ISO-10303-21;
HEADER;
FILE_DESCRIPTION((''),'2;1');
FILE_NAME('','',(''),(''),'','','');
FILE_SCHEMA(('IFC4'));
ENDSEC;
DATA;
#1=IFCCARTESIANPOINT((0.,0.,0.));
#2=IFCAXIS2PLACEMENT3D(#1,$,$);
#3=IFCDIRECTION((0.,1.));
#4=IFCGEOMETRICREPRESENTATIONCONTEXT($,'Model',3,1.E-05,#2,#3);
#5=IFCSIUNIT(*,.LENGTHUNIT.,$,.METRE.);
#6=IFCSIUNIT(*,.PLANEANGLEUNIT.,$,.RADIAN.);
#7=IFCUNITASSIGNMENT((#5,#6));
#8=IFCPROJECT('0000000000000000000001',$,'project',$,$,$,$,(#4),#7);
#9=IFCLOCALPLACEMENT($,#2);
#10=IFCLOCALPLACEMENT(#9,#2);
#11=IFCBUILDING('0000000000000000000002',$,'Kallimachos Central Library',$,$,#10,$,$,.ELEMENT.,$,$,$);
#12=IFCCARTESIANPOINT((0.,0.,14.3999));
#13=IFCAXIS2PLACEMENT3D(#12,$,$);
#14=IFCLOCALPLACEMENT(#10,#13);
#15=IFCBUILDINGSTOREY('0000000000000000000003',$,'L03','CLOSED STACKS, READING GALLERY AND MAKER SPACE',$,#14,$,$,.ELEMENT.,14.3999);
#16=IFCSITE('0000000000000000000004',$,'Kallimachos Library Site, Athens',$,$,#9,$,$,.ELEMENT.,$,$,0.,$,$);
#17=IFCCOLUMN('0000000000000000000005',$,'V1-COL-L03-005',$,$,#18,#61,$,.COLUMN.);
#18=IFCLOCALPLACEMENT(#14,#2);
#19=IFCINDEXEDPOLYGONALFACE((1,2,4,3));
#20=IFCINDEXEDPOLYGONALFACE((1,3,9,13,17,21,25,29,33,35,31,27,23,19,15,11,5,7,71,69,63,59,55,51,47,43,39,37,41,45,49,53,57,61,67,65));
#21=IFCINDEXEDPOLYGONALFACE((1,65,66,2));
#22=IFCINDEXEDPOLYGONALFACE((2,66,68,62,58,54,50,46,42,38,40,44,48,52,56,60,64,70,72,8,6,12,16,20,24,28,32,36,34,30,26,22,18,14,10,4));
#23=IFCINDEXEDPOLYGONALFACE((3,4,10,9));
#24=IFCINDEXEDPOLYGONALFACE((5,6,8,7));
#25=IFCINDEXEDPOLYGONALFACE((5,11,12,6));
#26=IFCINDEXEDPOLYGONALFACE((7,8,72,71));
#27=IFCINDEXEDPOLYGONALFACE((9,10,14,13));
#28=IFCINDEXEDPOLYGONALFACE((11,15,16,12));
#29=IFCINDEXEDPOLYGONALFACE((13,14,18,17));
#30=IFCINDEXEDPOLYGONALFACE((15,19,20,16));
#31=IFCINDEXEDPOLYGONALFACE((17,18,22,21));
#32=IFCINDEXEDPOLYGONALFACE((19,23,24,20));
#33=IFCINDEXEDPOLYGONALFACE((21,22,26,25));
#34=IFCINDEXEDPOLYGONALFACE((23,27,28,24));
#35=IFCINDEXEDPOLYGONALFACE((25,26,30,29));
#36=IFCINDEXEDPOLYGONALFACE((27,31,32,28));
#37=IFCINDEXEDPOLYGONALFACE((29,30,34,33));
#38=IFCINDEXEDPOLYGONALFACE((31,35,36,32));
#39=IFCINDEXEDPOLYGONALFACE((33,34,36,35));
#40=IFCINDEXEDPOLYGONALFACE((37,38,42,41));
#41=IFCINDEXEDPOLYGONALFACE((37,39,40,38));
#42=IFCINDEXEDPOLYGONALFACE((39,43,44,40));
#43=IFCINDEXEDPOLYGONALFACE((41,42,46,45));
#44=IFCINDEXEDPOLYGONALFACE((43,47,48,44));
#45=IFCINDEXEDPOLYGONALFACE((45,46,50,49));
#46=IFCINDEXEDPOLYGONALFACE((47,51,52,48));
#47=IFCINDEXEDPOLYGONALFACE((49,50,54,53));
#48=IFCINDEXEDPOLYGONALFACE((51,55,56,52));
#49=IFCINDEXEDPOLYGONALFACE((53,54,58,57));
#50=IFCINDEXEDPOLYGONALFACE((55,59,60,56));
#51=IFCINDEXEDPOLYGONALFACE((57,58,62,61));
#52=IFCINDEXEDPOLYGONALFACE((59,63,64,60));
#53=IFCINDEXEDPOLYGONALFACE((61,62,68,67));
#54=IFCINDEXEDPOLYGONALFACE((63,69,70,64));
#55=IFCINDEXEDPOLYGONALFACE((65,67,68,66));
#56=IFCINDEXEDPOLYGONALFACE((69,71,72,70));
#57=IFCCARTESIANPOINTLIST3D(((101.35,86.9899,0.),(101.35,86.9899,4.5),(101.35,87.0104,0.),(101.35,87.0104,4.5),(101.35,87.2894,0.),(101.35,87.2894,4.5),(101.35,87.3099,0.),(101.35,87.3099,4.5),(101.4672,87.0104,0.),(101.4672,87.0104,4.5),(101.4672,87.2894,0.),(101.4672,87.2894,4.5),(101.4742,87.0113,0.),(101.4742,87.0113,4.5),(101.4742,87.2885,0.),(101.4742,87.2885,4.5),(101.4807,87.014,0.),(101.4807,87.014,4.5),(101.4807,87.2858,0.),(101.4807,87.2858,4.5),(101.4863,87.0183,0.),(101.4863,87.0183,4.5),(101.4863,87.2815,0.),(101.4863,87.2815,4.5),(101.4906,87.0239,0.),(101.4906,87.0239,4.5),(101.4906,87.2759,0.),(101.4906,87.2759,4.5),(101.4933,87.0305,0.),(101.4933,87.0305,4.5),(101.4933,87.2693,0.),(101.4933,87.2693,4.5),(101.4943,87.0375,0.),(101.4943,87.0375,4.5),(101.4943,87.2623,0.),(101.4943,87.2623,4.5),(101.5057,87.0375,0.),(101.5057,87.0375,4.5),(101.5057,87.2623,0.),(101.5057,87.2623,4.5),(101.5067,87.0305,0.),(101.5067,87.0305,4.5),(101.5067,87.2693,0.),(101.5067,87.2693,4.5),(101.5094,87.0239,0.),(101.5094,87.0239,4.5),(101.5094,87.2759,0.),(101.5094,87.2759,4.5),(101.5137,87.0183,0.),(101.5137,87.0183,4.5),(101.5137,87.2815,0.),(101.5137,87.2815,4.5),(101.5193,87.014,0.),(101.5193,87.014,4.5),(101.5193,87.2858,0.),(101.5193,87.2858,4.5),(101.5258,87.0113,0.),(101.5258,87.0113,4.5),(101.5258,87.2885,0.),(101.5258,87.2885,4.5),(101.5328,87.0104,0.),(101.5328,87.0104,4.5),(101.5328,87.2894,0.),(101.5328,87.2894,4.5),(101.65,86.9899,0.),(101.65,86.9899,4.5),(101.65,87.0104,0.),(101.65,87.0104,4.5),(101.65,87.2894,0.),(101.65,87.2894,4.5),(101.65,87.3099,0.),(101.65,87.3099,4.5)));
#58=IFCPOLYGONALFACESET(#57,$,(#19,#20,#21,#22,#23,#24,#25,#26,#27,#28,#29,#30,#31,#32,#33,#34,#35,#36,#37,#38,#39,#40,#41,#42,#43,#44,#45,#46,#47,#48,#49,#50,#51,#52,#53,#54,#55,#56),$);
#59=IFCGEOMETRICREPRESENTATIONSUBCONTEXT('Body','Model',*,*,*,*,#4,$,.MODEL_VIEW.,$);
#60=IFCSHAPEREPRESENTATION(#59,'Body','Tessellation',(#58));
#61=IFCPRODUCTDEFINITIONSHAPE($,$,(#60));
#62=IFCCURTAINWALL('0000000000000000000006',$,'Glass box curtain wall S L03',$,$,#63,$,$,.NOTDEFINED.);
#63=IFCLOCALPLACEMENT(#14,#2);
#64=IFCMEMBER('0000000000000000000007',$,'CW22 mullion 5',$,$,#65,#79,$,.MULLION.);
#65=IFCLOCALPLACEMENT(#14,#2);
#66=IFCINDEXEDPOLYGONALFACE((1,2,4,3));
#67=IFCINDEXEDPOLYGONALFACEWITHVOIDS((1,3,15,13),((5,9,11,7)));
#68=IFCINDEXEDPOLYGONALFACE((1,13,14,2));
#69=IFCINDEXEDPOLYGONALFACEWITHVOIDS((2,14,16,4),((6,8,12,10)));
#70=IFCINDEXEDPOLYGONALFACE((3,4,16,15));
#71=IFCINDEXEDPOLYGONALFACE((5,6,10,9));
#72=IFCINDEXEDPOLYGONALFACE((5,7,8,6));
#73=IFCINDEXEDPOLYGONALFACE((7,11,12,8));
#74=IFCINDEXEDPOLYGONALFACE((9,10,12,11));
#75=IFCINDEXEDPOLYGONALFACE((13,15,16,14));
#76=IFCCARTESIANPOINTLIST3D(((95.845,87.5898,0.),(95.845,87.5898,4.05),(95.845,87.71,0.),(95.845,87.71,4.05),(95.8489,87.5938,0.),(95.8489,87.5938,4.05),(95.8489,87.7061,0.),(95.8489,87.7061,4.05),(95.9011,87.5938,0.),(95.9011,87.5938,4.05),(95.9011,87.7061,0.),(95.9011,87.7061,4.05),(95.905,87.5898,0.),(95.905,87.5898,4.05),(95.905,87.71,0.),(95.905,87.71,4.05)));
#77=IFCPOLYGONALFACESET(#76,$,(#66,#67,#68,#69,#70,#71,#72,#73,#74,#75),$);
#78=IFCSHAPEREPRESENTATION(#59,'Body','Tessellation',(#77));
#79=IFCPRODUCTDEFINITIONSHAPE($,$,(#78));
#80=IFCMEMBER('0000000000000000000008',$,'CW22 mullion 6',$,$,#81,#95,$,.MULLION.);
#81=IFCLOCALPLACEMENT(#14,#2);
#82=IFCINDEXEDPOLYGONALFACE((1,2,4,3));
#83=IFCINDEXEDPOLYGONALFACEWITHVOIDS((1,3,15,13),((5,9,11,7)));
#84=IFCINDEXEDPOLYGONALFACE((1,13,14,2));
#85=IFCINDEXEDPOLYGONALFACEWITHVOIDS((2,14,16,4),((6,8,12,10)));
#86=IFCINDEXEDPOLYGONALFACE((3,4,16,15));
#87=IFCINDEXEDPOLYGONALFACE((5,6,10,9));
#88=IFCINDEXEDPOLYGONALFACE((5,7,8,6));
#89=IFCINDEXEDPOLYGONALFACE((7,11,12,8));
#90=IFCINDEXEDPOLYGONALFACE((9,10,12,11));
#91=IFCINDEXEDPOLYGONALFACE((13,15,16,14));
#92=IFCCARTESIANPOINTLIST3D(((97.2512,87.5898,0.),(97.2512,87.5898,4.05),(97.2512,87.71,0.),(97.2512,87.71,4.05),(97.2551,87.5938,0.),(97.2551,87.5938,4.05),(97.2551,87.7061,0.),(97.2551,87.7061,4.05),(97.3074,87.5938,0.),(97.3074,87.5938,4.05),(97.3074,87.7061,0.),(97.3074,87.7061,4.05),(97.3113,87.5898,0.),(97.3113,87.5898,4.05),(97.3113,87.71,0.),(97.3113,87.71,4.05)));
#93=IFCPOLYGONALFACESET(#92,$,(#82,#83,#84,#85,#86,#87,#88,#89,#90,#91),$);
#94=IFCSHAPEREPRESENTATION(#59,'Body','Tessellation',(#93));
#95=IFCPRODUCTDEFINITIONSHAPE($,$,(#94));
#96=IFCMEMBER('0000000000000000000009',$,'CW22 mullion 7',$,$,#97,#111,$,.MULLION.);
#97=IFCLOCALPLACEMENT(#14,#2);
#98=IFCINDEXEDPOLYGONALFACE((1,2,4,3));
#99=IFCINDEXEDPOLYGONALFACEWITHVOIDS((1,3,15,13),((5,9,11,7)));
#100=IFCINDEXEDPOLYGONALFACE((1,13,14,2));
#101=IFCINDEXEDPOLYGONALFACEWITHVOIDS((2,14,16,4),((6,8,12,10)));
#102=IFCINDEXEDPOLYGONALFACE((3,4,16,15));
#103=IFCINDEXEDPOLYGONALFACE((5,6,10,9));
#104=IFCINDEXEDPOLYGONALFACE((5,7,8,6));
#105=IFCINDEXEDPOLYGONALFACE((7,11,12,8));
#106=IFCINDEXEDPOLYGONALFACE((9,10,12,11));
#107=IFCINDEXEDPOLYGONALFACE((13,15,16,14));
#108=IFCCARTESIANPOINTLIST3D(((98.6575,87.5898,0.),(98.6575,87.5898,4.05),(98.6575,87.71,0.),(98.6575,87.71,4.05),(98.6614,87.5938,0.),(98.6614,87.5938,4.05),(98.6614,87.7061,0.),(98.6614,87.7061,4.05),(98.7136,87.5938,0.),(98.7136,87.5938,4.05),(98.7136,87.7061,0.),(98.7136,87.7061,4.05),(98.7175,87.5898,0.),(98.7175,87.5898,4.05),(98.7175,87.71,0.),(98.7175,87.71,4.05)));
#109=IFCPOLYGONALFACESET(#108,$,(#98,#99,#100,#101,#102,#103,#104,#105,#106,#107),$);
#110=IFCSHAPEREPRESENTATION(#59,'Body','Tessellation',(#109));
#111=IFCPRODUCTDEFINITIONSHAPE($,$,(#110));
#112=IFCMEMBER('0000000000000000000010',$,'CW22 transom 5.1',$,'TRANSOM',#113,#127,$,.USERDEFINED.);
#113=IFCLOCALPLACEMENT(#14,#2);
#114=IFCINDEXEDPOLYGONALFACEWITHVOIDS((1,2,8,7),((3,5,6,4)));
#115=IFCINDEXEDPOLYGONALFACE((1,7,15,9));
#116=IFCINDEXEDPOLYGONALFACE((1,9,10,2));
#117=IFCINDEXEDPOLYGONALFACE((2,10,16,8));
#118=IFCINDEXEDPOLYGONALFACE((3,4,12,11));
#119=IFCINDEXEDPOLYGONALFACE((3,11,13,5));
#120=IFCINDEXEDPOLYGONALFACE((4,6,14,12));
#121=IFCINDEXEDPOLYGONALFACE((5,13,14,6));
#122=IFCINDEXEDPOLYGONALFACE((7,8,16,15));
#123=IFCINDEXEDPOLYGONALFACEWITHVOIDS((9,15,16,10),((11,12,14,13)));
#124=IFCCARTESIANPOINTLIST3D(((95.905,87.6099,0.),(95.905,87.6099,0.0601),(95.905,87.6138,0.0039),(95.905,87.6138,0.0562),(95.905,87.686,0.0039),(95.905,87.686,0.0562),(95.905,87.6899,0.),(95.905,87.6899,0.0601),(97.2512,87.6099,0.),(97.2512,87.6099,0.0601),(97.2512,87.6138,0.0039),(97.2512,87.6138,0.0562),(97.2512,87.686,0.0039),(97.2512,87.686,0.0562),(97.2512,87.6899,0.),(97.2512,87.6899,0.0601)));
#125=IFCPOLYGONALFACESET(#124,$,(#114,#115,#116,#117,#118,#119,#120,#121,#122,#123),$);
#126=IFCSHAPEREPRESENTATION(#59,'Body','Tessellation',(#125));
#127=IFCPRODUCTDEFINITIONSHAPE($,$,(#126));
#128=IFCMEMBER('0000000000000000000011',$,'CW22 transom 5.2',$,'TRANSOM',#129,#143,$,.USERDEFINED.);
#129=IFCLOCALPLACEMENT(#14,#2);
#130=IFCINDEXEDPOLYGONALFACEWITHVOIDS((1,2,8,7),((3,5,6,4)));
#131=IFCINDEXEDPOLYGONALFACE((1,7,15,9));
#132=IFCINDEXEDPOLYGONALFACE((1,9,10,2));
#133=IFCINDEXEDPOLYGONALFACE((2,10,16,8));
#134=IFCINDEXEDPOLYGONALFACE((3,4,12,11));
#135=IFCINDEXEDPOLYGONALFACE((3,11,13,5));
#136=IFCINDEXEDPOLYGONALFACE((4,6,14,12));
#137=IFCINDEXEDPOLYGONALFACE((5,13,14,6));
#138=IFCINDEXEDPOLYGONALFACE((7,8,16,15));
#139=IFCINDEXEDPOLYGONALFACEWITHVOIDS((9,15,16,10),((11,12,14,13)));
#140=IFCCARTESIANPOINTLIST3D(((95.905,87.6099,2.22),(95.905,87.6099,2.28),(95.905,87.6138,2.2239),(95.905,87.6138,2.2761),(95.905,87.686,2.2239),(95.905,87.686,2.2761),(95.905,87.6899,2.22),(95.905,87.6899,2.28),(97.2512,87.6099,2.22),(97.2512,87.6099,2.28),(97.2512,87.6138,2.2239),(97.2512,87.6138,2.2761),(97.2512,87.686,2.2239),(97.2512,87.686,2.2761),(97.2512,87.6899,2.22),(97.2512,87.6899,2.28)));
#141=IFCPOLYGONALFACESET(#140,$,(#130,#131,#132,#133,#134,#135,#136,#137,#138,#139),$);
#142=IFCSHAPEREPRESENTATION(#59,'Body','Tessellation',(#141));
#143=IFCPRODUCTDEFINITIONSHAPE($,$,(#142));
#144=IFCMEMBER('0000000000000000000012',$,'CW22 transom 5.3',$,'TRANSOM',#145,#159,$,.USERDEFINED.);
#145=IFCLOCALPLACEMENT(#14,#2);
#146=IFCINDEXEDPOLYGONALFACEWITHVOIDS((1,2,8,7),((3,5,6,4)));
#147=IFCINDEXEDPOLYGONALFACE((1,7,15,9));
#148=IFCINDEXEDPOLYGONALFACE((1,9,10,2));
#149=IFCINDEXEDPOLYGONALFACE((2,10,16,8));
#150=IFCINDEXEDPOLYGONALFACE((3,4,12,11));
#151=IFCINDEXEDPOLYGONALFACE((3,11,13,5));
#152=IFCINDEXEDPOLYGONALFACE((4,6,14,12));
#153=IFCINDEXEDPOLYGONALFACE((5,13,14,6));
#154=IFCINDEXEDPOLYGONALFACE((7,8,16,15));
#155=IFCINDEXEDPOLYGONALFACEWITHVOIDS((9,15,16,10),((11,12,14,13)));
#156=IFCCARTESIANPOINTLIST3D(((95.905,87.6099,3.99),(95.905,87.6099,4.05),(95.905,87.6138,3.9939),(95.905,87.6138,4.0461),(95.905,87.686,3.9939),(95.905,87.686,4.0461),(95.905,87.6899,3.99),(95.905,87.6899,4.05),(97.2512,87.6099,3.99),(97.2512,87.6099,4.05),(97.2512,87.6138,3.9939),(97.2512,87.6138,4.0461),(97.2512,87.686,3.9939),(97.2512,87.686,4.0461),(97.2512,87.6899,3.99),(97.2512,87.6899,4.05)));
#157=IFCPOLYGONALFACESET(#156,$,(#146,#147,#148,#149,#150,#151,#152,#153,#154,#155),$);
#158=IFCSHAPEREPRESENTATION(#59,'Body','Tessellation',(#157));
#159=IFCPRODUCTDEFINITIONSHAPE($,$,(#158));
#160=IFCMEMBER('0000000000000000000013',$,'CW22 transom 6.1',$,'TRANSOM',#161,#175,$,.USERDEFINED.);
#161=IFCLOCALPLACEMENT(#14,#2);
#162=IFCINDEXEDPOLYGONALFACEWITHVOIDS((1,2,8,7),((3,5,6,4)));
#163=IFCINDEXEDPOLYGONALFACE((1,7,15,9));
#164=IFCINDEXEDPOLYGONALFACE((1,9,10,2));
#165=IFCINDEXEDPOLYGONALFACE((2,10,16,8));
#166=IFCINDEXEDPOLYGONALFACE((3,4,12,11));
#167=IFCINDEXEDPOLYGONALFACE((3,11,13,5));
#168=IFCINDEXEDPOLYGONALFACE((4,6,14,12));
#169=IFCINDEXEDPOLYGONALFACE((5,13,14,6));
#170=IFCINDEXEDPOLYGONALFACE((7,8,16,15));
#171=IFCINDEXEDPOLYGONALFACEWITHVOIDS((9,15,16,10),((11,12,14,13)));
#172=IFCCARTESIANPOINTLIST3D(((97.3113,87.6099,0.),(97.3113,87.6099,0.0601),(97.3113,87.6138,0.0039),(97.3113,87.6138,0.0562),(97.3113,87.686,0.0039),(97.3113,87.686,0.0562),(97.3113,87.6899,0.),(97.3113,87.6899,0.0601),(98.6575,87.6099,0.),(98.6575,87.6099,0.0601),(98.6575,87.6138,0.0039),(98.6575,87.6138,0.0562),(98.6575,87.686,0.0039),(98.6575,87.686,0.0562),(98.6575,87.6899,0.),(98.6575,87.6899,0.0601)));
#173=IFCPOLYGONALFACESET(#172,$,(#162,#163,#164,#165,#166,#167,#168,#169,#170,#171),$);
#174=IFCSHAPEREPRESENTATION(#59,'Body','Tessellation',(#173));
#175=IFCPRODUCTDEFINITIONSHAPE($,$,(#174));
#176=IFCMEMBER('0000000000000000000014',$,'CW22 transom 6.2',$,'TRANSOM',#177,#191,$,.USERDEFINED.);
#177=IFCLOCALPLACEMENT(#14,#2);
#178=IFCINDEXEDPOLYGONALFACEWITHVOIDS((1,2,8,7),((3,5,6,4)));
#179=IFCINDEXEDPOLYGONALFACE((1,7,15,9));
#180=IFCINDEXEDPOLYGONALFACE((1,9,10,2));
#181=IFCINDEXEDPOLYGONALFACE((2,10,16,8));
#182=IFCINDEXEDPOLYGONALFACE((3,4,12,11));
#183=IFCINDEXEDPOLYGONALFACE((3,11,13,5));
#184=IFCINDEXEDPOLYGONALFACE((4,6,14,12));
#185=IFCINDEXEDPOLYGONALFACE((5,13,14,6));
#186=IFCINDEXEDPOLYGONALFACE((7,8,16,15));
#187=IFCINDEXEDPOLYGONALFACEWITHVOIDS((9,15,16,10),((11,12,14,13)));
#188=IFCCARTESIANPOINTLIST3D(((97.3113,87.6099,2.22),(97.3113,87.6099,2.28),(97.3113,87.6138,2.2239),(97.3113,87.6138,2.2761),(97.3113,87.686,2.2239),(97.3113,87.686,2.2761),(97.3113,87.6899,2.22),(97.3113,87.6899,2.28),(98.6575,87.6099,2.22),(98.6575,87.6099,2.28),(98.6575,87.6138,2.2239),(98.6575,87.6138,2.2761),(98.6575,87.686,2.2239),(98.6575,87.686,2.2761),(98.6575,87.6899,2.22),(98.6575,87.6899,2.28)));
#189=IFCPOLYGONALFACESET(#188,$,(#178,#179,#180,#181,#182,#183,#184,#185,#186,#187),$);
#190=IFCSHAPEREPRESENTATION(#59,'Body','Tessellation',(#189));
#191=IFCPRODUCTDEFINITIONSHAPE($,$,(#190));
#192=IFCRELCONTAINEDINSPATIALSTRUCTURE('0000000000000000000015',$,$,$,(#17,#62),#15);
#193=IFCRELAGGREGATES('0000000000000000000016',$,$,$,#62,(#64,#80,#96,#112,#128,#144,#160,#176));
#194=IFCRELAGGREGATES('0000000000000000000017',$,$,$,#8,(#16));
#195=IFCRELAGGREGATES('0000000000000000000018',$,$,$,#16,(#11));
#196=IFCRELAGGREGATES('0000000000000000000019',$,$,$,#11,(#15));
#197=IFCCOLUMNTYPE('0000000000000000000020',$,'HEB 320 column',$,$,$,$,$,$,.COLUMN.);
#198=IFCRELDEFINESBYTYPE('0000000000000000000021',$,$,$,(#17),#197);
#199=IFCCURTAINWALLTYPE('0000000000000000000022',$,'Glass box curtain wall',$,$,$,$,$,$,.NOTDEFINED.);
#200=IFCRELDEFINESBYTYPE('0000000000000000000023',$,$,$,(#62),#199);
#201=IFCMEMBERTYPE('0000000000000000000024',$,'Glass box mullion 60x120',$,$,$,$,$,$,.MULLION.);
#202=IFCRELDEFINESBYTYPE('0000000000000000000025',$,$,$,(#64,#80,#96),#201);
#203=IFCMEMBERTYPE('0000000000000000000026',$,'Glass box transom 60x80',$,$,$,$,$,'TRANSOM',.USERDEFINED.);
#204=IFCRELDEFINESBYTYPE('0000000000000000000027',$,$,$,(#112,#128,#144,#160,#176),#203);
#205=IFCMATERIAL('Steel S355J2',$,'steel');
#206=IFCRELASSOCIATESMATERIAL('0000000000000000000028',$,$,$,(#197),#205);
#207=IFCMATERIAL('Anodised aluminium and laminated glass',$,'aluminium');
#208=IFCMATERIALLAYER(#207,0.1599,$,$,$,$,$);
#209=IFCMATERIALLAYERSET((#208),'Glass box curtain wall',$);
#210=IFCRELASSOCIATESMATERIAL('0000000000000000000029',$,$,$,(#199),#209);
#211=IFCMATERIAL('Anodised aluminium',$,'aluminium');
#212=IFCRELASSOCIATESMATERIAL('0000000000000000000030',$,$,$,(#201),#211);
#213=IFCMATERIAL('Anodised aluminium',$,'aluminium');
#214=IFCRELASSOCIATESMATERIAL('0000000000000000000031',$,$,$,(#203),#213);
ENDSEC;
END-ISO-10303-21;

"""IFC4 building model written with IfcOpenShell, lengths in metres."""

from ifc_helpers import new_model, si_unit, direction, frame, origin, origin_2d, place, context, subcontext, project, spatial, hollow_rectangle, i_section, extrude, material, layer, layer_set, material_profile, profile_set, type_object, element, aggregate, save


model = new_model("IFC4")

# Units and contexts
model_context = context("Model", 3, precision=1e-05, world=origin(), true_north=direction((0.0, 1.0)))
body_context = subcontext(model_context, "Body", "Model", "MODEL_VIEW")
ifc_project = project(units=[si_unit("LENGTHUNIT", "METRE"), si_unit("PLANEANGLEUNIT", "RADIAN")], contexts=[model_context])

# Site, building, storey
site_placement = place(None, origin())
site = spatial("IfcSite", under=ifc_project, at=site_placement, Name="Kallimachos Library Site, Athens", CompositionType="ELEMENT", RefElevation=0.0)
building_placement = place(site_placement, origin())
building = spatial("IfcBuilding", under=site, at=building_placement, Name="Kallimachos Central Library", CompositionType="ELEMENT")
storey_placement = place(building_placement, frame((0.0, 0.0, 14.3999)))
storey = spatial("IfcBuildingStorey", under=building, at=storey_placement, Name="L03", Description="CLOSED STACKS, READING GALLERY AND MAKER SPACE", CompositionType="ELEMENT", Elevation=14.3999)

# Column
ifc_material_1 = material(Name="Steel S355J2", Category="steel")
ifc_material_profile_1 = material_profile(ifc_material_1, i_section(OverallWidth=0.3, OverallDepth=0.3201, WebThickness=0.0115, FlangeThickness=0.0205, FilletRadius=0.0271, at=origin_2d()), Name="HEB 320")
ifc_profile_set_1 = profile_set([ifc_material_profile_1], Name="Steel S355J2")
column_type = type_object("IfcColumnType", Name="HEB 320 column", PredefinedType="COLUMN", material=ifc_profile_set_1)
column_placement = place(storey_placement, frame((101.5, 87.1499, 0.0), z_axis=(0.0, 0.0, 1.0), x_axis=(1.0, 0.0, 0.0)))
element("IfcColumn", 1, at=column_placement, inside=storey, type_object=column_type, Name="V1-COL-L03-005", PredefinedType="COLUMN", context=body_context, shape_type="SweptSolid", body=[
    extrude(i_section(OverallWidth=0.3, OverallDepth=0.3201, WebThickness=0.0115, FlangeThickness=0.0205, FilletRadius=0.0271, at=origin_2d()), origin(), (0.0, 0.0, 1.0), 4.5),
])

# Curtain wall, members
ifc_material_2 = material(Name="Anodised aluminium and laminated glass", Category="aluminium")
ifc_layer_1 = layer(ifc_material_2, 0.1599)
ifc_layer_set_1 = layer_set([ifc_layer_1], Name="Glass box curtain wall")
curtain_wall_type = type_object("IfcCurtainWallType", Name="Glass box curtain wall", PredefinedType="NOTDEFINED", material=ifc_layer_set_1)
curtain_wall_placement = place(storey_placement, origin())
curtain_wall = element("IfcCurtainWall", 2, at=curtain_wall_placement, inside=storey, type_object=curtain_wall_type, Name="Glass box curtain wall S L03", PredefinedType="NOTDEFINED")
ifc_material_3 = material(Name="Anodised aluminium", Category="aluminium")
ifc_material_profile_2 = material_profile(ifc_material_3, hollow_rectangle(XDim=0.0601, YDim=0.1201, WallThickness=0.0039, at=origin_2d()), Name="ALU MULLION 60x120")
ifc_profile_set_2 = profile_set([ifc_material_profile_2], Name="Anodised aluminium")
member_type_1 = type_object("IfcMemberType", Name="Glass box mullion 60x120", PredefinedType="MULLION", material=ifc_profile_set_2)
member_1_placement = place(storey_placement, frame((95.875, 87.6499, 0.0), z_axis=(0.0, 0.0, 1.0), x_axis=(1.0, 0.0, 0.0)))
member_1 = element("IfcMember", 3, at=member_1_placement, type_object=member_type_1, Name="CW22 mullion 5", PredefinedType="MULLION", context=body_context, shape_type="SweptSolid", body=[
    extrude(hollow_rectangle(XDim=0.0601, YDim=0.1201, WallThickness=0.0039, at=origin_2d()), origin(), (0.0, 0.0, 1.0), 4.05),
])
member_2_placement = place(storey_placement, frame((97.2812, 87.6499, 0.0), z_axis=(0.0, 0.0, 1.0), x_axis=(1.0, 0.0, 0.0)))
member_2 = element("IfcMember", 4, at=member_2_placement, type_object=member_type_1, Name="CW22 mullion 6", PredefinedType="MULLION", context=body_context, shape_type="SweptSolid", body=[
    extrude(hollow_rectangle(XDim=0.0601, YDim=0.1201, WallThickness=0.0039, at=origin_2d()), origin(), (0.0, 0.0, 1.0), 4.05),
])
member_3_placement = place(storey_placement, frame((98.6875, 87.6499, 0.0), z_axis=(0.0, 0.0, 1.0), x_axis=(1.0, 0.0, 0.0)))
member_3 = element("IfcMember", 5, at=member_3_placement, type_object=member_type_1, Name="CW22 mullion 7", PredefinedType="MULLION", context=body_context, shape_type="SweptSolid", body=[
    extrude(hollow_rectangle(XDim=0.0601, YDim=0.1201, WallThickness=0.0039, at=origin_2d()), origin(), (0.0, 0.0, 1.0), 4.05),
])
ifc_material_4 = material(Name="Anodised aluminium", Category="aluminium")
ifc_material_profile_3 = material_profile(ifc_material_4, hollow_rectangle(XDim=0.0601, YDim=0.0801, WallThickness=0.0039, at=origin_2d()), Name="ALU TRANSOM 60x80")
ifc_profile_set_3 = profile_set([ifc_material_profile_3], Name="Anodised aluminium")
member_type_2 = type_object("IfcMemberType", Name="Glass box transom 60x80", ElementType="TRANSOM", PredefinedType="USERDEFINED", material=ifc_profile_set_3)
member_4_placement = place(storey_placement, frame((95.905, 87.6499, 0.03), z_axis=(1.0, 0.0, 0.0), x_axis=(0.0, 0.0, 1.0)))
member_4 = element("IfcMember", 6, at=member_4_placement, type_object=member_type_2, Name="CW22 transom 5.1", ObjectType="TRANSOM", PredefinedType="USERDEFINED", context=body_context, shape_type="SweptSolid", body=[
    extrude(hollow_rectangle(XDim=0.0601, YDim=0.0801, WallThickness=0.0039, at=origin_2d()), origin(), (0.0, 0.0, 1.0), 1.3462),
])
member_5_placement = place(storey_placement, frame((95.905, 87.6499, 2.25), z_axis=(1.0, 0.0, 0.0), x_axis=(0.0, 0.0, 1.0)))
member_5 = element("IfcMember", 7, at=member_5_placement, type_object=member_type_2, Name="CW22 transom 5.2", ObjectType="TRANSOM", PredefinedType="USERDEFINED", context=body_context, shape_type="SweptSolid", body=[
    extrude(hollow_rectangle(XDim=0.0601, YDim=0.0801, WallThickness=0.0039, at=origin_2d()), origin(), (0.0, 0.0, 1.0), 1.3462),
])
member_6_placement = place(storey_placement, frame((95.905, 87.6499, 4.02), z_axis=(1.0, 0.0, 0.0), x_axis=(0.0, 0.0, 1.0)))
member_6 = element("IfcMember", 8, at=member_6_placement, type_object=member_type_2, Name="CW22 transom 5.3", ObjectType="TRANSOM", PredefinedType="USERDEFINED", context=body_context, shape_type="SweptSolid", body=[
    extrude(hollow_rectangle(XDim=0.0601, YDim=0.0801, WallThickness=0.0039, at=origin_2d()), origin(), (0.0, 0.0, 1.0), 1.3462),
])
member_7_placement = place(storey_placement, frame((97.3113, 87.6499, 0.03), z_axis=(1.0, 0.0, 0.0), x_axis=(0.0, 0.0, 1.0)))
member_7 = element("IfcMember", 9, at=member_7_placement, type_object=member_type_2, Name="CW22 transom 6.1", ObjectType="TRANSOM", PredefinedType="USERDEFINED", context=body_context, shape_type="SweptSolid", body=[
    extrude(hollow_rectangle(XDim=0.0601, YDim=0.0801, WallThickness=0.0039, at=origin_2d()), origin(), (0.0, 0.0, 1.0), 1.3462),
])
member_8_placement = place(storey_placement, frame((97.3113, 87.6499, 2.25), z_axis=(1.0, 0.0, 0.0), x_axis=(0.0, 0.0, 1.0)))
member_8 = element("IfcMember", 10, at=member_8_placement, type_object=member_type_2, Name="CW22 transom 6.2", ObjectType="TRANSOM", PredefinedType="USERDEFINED", context=body_context, shape_type="SweptSolid", body=[
    extrude(hollow_rectangle(XDim=0.0601, YDim=0.0801, WallThickness=0.0039, at=origin_2d()), origin(), (0.0, 0.0, 1.0), 1.3462),
])

aggregate(curtain_wall, [member_1, member_2, member_3, member_4, member_5, member_6, member_7, member_8])

save(model, "model.ifc")
